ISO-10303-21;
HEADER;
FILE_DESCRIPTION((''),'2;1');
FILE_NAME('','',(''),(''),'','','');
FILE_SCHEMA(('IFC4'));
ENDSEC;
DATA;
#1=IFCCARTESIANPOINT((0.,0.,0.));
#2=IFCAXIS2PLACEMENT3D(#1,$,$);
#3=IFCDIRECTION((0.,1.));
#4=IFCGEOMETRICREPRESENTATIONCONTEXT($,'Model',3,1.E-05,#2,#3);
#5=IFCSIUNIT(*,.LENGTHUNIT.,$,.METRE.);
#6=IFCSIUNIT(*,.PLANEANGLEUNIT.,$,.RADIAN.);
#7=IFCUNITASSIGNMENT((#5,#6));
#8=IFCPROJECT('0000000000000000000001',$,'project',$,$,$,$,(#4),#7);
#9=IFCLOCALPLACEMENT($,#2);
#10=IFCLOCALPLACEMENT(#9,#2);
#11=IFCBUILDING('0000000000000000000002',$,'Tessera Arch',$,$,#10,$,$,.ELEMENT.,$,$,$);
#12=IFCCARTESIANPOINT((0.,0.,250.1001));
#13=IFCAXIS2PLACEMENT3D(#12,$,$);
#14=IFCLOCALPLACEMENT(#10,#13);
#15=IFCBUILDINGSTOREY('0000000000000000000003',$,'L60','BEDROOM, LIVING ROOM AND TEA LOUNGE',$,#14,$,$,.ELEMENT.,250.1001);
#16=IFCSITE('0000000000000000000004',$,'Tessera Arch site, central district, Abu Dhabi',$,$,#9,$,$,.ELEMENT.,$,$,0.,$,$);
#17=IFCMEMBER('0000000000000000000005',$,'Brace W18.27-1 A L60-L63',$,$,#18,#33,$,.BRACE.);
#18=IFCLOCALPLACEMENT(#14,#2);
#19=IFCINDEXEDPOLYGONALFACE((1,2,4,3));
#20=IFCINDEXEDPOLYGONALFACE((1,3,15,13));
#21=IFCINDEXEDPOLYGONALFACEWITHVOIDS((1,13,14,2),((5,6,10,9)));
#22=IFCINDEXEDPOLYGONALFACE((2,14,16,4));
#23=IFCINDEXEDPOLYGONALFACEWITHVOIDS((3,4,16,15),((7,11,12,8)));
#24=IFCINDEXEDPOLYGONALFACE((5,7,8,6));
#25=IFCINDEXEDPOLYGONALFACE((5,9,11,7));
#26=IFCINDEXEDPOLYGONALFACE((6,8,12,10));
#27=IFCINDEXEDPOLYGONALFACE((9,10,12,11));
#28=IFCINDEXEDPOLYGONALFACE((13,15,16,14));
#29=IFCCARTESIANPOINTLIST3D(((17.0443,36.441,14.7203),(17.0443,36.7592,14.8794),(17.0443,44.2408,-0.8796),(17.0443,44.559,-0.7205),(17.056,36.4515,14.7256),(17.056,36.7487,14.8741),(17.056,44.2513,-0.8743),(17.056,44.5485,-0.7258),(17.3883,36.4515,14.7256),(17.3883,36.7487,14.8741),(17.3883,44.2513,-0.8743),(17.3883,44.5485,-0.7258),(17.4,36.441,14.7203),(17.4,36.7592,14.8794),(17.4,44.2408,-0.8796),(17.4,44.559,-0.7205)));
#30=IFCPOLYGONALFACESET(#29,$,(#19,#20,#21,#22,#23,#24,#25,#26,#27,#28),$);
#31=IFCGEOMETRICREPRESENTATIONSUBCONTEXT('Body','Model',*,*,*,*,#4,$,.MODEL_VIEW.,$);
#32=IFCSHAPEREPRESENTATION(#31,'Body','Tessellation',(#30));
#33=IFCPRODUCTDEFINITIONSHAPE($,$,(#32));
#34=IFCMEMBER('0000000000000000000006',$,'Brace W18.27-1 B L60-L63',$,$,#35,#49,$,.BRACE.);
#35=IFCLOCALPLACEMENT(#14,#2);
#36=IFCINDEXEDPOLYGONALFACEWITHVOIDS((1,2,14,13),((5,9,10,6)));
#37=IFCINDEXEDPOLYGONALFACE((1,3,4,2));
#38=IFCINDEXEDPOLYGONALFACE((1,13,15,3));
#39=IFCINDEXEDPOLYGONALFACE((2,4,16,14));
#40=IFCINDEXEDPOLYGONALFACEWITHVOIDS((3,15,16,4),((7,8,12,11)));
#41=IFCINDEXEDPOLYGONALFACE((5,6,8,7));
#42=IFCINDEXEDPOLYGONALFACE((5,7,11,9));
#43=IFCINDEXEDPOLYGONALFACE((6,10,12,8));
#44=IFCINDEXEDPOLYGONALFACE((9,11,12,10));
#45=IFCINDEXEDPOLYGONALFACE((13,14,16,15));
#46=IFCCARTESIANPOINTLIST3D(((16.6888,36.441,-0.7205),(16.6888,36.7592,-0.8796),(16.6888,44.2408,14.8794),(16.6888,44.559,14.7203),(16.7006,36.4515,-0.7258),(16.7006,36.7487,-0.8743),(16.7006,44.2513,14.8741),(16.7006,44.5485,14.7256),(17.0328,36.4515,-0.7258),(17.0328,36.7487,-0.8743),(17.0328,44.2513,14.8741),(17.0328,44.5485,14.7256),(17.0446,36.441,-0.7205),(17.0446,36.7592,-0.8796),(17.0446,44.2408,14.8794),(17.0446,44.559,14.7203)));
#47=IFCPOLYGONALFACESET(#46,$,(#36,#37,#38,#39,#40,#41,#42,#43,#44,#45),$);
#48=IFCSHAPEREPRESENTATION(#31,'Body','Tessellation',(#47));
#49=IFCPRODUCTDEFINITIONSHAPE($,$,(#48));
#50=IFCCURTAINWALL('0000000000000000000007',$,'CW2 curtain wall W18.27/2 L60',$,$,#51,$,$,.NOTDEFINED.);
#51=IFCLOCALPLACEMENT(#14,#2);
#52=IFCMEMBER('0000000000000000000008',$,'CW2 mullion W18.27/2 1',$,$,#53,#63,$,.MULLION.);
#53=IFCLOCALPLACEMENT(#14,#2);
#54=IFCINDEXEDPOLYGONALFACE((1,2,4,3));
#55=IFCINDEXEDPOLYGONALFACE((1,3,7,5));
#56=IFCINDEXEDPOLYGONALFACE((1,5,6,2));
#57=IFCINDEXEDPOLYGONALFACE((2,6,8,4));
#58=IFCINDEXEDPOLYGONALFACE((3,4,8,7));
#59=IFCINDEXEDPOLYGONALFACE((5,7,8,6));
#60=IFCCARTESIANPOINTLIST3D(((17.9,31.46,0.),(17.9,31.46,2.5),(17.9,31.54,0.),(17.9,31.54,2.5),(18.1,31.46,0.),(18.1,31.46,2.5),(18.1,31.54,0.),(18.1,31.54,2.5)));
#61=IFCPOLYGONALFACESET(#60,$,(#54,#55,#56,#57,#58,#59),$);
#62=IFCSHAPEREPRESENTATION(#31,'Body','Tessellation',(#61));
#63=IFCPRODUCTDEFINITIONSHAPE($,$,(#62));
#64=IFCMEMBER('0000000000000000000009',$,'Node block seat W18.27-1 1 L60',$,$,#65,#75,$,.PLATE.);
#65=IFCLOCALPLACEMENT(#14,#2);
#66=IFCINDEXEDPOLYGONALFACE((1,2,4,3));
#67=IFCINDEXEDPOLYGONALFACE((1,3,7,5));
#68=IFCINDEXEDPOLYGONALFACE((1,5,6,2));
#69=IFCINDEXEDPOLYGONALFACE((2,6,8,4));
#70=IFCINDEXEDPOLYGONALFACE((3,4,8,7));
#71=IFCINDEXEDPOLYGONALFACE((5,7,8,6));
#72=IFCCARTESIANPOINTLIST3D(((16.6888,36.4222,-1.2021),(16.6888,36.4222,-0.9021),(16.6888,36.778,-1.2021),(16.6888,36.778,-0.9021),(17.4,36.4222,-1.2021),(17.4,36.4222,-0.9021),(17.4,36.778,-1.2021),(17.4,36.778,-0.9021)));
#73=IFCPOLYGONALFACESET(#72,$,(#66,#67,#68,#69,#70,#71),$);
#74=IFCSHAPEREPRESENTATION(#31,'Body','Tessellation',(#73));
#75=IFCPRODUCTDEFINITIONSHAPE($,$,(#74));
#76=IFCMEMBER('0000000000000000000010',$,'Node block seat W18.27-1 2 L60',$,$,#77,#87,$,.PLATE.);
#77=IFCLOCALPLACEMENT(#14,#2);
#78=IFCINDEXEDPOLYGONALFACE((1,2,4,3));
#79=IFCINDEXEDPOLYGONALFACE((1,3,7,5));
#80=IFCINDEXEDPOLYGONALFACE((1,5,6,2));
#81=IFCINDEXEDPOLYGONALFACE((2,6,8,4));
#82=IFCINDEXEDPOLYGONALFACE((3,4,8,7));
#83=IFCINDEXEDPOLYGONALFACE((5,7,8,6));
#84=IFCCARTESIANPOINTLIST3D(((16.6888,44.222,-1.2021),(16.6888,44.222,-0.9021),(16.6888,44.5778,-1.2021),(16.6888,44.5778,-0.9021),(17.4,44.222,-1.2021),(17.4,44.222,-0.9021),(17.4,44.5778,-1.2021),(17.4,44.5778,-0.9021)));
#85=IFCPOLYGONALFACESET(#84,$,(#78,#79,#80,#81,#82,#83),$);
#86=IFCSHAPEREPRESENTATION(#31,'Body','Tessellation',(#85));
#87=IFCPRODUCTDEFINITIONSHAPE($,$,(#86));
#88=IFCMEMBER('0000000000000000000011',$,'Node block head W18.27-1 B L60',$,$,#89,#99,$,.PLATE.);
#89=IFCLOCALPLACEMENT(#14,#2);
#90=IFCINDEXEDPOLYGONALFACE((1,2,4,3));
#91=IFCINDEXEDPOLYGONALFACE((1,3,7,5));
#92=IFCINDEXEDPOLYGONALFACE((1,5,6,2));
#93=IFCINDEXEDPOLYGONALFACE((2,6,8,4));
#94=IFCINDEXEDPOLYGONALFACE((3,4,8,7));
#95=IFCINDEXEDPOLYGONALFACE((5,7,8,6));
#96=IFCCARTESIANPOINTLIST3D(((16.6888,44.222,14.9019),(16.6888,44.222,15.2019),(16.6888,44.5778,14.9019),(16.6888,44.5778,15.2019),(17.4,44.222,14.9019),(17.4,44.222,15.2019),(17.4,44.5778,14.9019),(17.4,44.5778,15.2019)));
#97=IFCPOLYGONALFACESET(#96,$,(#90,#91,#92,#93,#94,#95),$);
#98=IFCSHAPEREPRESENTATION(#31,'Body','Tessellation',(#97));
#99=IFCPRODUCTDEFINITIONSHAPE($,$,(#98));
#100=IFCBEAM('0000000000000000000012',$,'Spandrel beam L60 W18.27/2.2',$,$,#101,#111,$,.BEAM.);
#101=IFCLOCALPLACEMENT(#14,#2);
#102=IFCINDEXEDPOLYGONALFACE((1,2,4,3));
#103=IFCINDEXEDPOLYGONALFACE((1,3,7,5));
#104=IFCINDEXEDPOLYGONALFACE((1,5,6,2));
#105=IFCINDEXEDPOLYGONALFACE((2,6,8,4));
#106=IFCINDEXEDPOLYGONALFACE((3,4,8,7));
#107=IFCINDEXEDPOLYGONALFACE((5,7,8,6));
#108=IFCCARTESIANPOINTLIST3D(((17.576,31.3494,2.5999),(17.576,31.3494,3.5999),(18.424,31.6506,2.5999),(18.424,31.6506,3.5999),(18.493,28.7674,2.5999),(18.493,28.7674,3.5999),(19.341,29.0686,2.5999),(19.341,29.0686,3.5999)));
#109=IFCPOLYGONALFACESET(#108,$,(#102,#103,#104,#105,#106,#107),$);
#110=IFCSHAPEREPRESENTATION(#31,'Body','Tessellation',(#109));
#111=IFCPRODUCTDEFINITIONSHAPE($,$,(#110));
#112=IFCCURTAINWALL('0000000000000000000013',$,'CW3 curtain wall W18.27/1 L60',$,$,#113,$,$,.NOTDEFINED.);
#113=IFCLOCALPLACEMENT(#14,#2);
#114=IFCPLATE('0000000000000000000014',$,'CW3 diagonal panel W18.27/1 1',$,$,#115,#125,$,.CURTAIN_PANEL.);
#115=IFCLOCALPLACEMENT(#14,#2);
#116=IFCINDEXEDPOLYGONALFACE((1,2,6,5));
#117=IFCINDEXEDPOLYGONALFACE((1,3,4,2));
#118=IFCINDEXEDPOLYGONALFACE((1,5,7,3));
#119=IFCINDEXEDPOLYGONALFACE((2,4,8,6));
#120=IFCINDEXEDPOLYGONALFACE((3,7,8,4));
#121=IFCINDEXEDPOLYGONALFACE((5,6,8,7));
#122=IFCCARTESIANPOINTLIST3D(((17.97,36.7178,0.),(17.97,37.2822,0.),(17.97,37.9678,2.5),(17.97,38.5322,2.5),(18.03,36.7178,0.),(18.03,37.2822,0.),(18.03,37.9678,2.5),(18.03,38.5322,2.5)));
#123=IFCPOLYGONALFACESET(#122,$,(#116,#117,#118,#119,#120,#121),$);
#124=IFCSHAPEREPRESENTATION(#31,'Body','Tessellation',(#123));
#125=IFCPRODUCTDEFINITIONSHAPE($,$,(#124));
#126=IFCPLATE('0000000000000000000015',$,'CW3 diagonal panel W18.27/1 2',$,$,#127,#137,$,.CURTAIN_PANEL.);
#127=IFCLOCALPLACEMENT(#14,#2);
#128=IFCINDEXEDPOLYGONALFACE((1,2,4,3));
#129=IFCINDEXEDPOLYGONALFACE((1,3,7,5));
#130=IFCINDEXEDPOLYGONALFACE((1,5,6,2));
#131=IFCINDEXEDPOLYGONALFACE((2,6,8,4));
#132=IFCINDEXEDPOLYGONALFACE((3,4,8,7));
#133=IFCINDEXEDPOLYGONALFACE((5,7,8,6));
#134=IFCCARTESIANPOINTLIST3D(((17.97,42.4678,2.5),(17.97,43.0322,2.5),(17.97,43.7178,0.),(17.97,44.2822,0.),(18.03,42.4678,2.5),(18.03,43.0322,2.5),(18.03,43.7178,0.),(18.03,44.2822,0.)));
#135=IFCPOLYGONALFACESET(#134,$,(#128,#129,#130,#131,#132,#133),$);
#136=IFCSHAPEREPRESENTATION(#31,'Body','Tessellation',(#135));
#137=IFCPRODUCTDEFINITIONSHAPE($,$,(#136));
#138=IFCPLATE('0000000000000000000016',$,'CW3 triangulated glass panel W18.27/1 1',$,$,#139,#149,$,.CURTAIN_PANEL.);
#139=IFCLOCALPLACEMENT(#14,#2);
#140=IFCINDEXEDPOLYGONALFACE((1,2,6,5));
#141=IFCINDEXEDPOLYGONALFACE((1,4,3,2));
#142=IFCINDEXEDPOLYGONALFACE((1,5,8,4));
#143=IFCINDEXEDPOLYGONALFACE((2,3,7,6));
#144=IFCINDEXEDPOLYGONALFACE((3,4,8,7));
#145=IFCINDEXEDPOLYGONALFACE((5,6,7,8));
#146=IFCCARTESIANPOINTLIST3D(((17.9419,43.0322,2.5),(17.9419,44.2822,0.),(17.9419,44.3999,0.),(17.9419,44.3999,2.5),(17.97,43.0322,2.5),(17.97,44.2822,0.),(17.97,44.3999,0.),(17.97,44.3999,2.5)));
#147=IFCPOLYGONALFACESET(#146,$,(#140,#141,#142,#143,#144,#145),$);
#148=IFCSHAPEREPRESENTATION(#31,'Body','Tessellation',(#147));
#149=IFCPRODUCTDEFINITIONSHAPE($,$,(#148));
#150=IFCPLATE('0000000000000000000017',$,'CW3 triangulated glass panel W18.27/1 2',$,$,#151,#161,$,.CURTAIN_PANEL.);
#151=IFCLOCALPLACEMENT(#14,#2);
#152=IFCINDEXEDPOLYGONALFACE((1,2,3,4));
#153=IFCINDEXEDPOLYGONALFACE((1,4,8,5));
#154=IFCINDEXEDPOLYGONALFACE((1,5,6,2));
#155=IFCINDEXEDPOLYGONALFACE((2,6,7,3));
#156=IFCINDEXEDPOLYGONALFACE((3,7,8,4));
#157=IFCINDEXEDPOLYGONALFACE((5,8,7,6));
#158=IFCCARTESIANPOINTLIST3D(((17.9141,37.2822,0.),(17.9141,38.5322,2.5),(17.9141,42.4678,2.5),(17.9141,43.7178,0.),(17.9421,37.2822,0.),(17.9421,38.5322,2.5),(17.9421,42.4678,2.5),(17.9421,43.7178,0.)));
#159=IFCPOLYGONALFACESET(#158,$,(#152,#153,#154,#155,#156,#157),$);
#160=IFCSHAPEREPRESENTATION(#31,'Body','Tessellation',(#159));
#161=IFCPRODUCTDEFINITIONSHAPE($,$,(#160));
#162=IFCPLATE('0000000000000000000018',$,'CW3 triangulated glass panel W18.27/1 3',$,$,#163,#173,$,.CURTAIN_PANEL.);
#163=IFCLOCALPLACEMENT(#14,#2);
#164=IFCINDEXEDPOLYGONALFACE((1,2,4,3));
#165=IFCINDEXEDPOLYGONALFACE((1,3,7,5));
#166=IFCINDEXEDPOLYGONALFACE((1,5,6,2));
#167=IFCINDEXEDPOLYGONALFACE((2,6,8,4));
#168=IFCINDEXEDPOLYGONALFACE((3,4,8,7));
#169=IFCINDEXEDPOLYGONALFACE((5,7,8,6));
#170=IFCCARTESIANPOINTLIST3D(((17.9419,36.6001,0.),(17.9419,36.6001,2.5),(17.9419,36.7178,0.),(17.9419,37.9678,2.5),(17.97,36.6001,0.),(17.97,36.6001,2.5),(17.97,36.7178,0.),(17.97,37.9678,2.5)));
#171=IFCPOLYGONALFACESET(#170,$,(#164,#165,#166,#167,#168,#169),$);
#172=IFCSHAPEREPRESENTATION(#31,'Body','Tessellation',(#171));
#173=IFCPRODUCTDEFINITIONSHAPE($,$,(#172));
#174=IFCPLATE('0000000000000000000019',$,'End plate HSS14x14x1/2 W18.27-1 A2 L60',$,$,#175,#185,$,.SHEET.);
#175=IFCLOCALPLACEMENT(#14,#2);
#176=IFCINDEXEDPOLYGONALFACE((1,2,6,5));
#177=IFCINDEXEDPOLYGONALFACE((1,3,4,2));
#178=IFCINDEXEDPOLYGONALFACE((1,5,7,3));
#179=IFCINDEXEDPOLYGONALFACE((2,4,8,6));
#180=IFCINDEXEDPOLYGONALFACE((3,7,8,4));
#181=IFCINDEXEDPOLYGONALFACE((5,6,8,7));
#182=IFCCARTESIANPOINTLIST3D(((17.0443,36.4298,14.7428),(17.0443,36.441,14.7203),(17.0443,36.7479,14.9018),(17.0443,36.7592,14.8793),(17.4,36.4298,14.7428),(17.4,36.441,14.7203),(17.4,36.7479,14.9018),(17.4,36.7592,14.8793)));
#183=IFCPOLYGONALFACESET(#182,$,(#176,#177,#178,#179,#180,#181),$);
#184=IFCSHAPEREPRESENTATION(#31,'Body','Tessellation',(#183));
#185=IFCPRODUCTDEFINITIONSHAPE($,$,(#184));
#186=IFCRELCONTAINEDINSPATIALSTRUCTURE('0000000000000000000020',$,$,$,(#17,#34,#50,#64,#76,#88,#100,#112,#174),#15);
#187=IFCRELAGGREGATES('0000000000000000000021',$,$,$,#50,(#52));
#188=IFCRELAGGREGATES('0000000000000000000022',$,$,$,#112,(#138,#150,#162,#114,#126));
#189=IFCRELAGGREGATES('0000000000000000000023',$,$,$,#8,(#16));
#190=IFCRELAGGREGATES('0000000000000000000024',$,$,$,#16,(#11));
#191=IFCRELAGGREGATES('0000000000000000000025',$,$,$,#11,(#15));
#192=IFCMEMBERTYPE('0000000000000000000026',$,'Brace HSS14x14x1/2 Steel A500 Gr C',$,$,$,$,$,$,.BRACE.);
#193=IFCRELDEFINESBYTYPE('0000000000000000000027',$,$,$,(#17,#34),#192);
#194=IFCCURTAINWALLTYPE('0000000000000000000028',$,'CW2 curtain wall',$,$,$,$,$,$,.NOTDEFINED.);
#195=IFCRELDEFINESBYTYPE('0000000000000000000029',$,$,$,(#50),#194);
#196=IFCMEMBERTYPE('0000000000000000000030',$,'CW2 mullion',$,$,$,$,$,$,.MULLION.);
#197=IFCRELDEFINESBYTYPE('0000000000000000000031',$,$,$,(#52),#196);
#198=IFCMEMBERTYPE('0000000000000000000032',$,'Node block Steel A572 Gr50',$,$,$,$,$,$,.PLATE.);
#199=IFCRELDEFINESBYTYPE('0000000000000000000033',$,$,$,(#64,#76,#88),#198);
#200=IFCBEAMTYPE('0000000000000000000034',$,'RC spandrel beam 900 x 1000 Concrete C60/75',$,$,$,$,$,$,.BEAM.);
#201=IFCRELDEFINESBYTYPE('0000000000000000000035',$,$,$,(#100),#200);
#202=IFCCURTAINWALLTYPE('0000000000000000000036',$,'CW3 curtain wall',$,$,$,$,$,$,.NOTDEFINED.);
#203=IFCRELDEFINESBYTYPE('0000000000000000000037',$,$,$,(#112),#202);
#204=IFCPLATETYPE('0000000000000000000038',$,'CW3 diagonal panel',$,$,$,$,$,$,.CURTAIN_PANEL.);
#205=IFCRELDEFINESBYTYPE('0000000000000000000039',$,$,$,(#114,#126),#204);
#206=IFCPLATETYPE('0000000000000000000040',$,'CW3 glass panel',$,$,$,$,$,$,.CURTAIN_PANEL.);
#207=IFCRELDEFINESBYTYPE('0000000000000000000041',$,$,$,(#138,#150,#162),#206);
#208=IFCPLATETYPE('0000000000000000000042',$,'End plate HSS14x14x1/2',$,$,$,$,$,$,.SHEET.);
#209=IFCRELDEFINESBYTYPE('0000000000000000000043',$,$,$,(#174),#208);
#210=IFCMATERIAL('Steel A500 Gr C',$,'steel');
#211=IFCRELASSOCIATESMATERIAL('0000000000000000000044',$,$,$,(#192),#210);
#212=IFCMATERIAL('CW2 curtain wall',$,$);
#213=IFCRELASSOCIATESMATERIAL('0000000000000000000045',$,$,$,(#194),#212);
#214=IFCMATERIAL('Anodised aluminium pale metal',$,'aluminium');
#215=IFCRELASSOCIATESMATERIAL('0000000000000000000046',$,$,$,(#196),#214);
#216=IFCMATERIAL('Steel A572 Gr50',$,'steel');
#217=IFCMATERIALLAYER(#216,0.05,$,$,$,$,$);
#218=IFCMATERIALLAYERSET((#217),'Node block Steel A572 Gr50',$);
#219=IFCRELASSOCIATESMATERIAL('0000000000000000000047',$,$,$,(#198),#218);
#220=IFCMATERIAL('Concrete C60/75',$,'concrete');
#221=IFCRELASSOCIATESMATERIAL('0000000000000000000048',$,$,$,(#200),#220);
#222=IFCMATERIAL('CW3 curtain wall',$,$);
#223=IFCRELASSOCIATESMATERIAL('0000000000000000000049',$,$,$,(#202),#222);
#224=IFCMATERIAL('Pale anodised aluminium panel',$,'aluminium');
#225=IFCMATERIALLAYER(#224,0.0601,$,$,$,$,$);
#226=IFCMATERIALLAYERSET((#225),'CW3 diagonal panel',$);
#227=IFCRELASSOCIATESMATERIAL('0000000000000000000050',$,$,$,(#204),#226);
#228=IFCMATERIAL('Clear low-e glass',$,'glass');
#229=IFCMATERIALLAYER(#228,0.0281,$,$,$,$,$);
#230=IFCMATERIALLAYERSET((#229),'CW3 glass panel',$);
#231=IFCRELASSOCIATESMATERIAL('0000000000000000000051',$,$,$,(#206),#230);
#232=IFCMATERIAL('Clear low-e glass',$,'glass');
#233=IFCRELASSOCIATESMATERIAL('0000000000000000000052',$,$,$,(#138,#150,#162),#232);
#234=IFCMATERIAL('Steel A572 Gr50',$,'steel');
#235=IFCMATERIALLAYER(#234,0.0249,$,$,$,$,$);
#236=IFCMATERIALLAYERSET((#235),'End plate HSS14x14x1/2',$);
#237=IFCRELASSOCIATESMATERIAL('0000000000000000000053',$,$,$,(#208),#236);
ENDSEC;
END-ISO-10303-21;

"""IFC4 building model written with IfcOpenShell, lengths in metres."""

from ifc_helpers import new_model, si_unit, direction, frame, origin, origin_2d, place, context, subcontext, project, spatial, polyline, rectangle, hollow_rectangle, outline, extrude, material, layer, layer_set, material_profile, profile_set, type_object, element, aggregate, save


model = new_model("IFC4")

# Units and contexts
model_context = context("Model", 3, precision=1e-05, world=origin(), true_north=direction((0.0, 1.0)))
body_context = subcontext(model_context, "Body", "Model", "MODEL_VIEW")
ifc_project = project(units=[si_unit("LENGTHUNIT", "METRE"), si_unit("PLANEANGLEUNIT", "RADIAN")], contexts=[model_context])

# Site, building, storey
site_placement = place(None, origin())
site = spatial("IfcSite", under=ifc_project, at=site_placement, Name="Tessera Arch site, central district, Abu Dhabi", CompositionType="ELEMENT", RefElevation=0.0)
building_placement = place(site_placement, origin())
building = spatial("IfcBuilding", under=site, at=building_placement, Name="Tessera Arch", CompositionType="ELEMENT")
storey_placement = place(building_placement, frame((0.0, 0.0, 250.1001)))
storey = spatial("IfcBuildingStorey", under=building, at=storey_placement, Name="L60", Description="BEDROOM, LIVING ROOM AND TEA LOUNGE", CompositionType="ELEMENT", Elevation=250.1001)

# Members
ifc_material_1 = material(Name="Steel A500 Gr C", Category="steel")
ifc_material_profile_1 = material_profile(ifc_material_1, hollow_rectangle(XDim=0.3557, YDim=0.3557, WallThickness=0.0117, at=origin_2d()), Name="HSS14x14x1/2")
ifc_profile_set_1 = profile_set([ifc_material_profile_1], Name="Steel A500 Gr C")
member_type_1 = type_object("IfcMemberType", Name="Brace HSS14x14x1/2 Steel A500 Gr C", PredefinedType="BRACE", material=ifc_profile_set_1)
for number, where, z_axis, x_axis, name in (
    (1, (17.2222, 44.3999, -0.8), (0.0, -0.447208, 0.89443), (1.0, 0.0, 0.0), "Brace W18.27-1 A L60-L63"),
    (2, (16.8667, 36.6001, -0.8), (0.0, 0.447208, 0.89443), (-1.0, 0.0, 0.0), "Brace W18.27-1 B L60-L63"),
):
    element("IfcMember", number, at=place(storey_placement, frame(where, z_axis=z_axis, x_axis=x_axis)), inside=storey, type_object=member_type_1, Name=name, PredefinedType="BRACE", context=body_context, shape_type="SweptSolid", body=[
        extrude(hollow_rectangle(XDim=0.3557, YDim=0.3557, WallThickness=0.0117, at=origin_2d()), origin(), (0.0, 0.0, 1.0), 17.4412),
    ])

# Curtain wall, member
ifc_material_2 = material(Name="CW2 curtain wall")
curtain_wall_type_1 = type_object("IfcCurtainWallType", Name="CW2 curtain wall", PredefinedType="NOTDEFINED", material=ifc_material_2)
curtain_wall_1_placement = place(storey_placement, origin())
curtain_wall_1 = element("IfcCurtainWall", 3, at=curtain_wall_1_placement, inside=storey, type_object=curtain_wall_type_1, Name="CW2 curtain wall W18.27/2 L60", PredefinedType="NOTDEFINED")
ifc_material_3 = material(Name="Anodised aluminium pale metal", Category="aluminium")
ifc_material_profile_2 = material_profile(ifc_material_3, rectangle(XDim=0.2, YDim=0.0801, at=origin_2d()), Name="AL 80x200")
ifc_profile_set_2 = profile_set([ifc_material_profile_2], Name="Anodised aluminium pale metal")
member_type_2 = type_object("IfcMemberType", Name="CW2 mullion", PredefinedType="MULLION", material=ifc_profile_set_2)
member_placement = place(storey_placement, frame((18.0, 31.5, 0.0), z_axis=(0.0, 0.0, 1.0), x_axis=(1.0, 0.0, 0.0)))
member = element("IfcMember", 4, at=member_placement, type_object=member_type_2, Name="CW2 mullion W18.27/2 1", PredefinedType="MULLION", context=body_context, shape_type="SweptSolid", body=[
    extrude(rectangle(XDim=0.2, YDim=0.0801, at=origin_2d()), origin(), (0.0, 0.0, 1.0), 2.5),
])
aggregate(curtain_wall_1, [member])

# Members
ifc_material_4 = material(Name="Steel A572 Gr50", Category="steel")
ifc_layer_1 = layer(ifc_material_4, 0.05)
ifc_layer_set_1 = layer_set([ifc_layer_1], Name="Node block Steel A572 Gr50")
member_type_3 = type_object("IfcMemberType", Name="Node block Steel A572 Gr50", PredefinedType="PLATE", material=ifc_layer_set_1)
for number, where, z_axis, x_axis, name in (
    (5, (17.0444, 36.6001, -1.2021), (0.0, 0.0, 1.0), (0.0, -1.0, 0.0), "Node block seat W18.27-1 1 L60"),
    (6, (17.0444, 44.3999, -1.2021), (0.0, 0.0, 1.0), (0.0, -1.0, 0.0), "Node block seat W18.27-1 2 L60"),
    (7, (17.0444, 44.3999, 14.9019), (0.0, 0.0, 1.0), (0.0, -1.0, 0.0), "Node block head W18.27-1 B L60"),
):
    element("IfcMember", number, at=place(storey_placement, frame(where, z_axis=z_axis, x_axis=x_axis)), inside=storey, type_object=member_type_3, Name=name, PredefinedType="PLATE", context=body_context, shape_type="SweptSolid", body=[
        extrude(rectangle(XDim=0.3557, YDim=0.7112, at=origin_2d()), origin(), (0.0, 0.0, 1.0), 0.3),
    ])

# Beam
ifc_material_5 = material(Name="Concrete C60/75", Category="concrete")
ifc_material_profile_3 = material_profile(ifc_material_5, rectangle(XDim=0.8999, YDim=1.0, at=origin_2d()), Name="RC spandrel beam 900 x 1000 Concrete C60/75")
ifc_profile_set_3 = profile_set([ifc_material_profile_3], Name="Concrete C60/75")
beam_type = type_object("IfcBeamType", Name="RC spandrel beam 900 x 1000 Concrete C60/75", PredefinedType="BEAM", material=ifc_profile_set_3)
beam_placement = place(storey_placement, frame((18.0, 31.5, 3.0999), z_axis=(0.334665, -0.942337, 0.0), x_axis=(0.942337, 0.334665, 0.0)))
element("IfcBeam", 8, at=beam_placement, inside=storey, type_object=beam_type, Name="Spandrel beam L60 W18.27/2.2", PredefinedType="BEAM", context=body_context, shape_type="SweptSolid", body=[
    extrude(rectangle(XDim=0.8999, YDim=1.0, at=origin_2d()), origin(), (0.0, 0.0, 1.0), 2.74),
])

# Curtain wall, plates
ifc_material_6 = material(Name="CW3 curtain wall")
curtain_wall_type_2 = type_object("IfcCurtainWallType", Name="CW3 curtain wall", PredefinedType="NOTDEFINED", material=ifc_material_6)
curtain_wall_2_placement = place(storey_placement, origin())
curtain_wall_2 = element("IfcCurtainWall", 9, at=curtain_wall_2_placement, inside=storey, type_object=curtain_wall_type_2, Name="CW3 curtain wall W18.27/1 L60", PredefinedType="NOTDEFINED")
ifc_material_7 = material(Name="Pale anodised aluminium panel", Category="aluminium")
ifc_layer_2 = layer(ifc_material_7, 0.0601)
ifc_layer_set_2 = layer_set([ifc_layer_2], Name="CW3 diagonal panel")
plate_type_1 = type_object("IfcPlateType", Name="CW3 diagonal panel", PredefinedType="CURTAIN_PANEL", material=ifc_layer_set_2)
plate_1_placement = place(storey_placement, frame((17.97, 37.9678, 2.5), z_axis=(-1.0, 0.0, 0.0), x_axis=(0.0, 1.0, 0.0)))
plate_1 = element("IfcPlate", 10, at=plate_1_placement, type_object=plate_type_1, Name="CW3 diagonal panel W18.27/1 1", PredefinedType="CURTAIN_PANEL", context=body_context, shape_type="SweptSolid", body=[
    extrude(outline(polyline([(0.0, 0.0), (0.5645, 0.0), (-0.6855, 2.5), (-1.25, 2.5), (0.0, 0.0)])), origin(), (0.0, 0.0, -1.0), 0.0601),
])
plate_2_placement = place(storey_placement, frame((17.97, 42.4678, 2.5), z_axis=(-1.0, 0.0, 0.0), x_axis=(0.0, 1.0, 0.0)))
plate_2 = element("IfcPlate", 11, at=plate_2_placement, type_object=plate_type_1, Name="CW3 diagonal panel W18.27/1 2", PredefinedType="CURTAIN_PANEL", context=body_context, shape_type="SweptSolid", body=[
    extrude(outline(polyline([(0.0, 0.0), (0.5645, 0.0), (1.8145, 2.5), (1.25, 2.5), (0.0, 0.0)])), origin(), (0.0, 0.0, -1.0), 0.0601),
])
ifc_material_8 = material(Name="Clear low-e glass", Category="glass")
ifc_material_9 = material(Name="Clear low-e glass", Category="glass")
ifc_layer_3 = layer(ifc_material_9, 0.0281)
ifc_layer_set_3 = layer_set([ifc_layer_3], Name="CW3 glass panel")
plate_type_2 = type_object("IfcPlateType", Name="CW3 glass panel", PredefinedType="CURTAIN_PANEL", material=ifc_layer_set_3)
plate_3_placement = place(storey_placement, frame((17.9419, 44.3999, 0.0), z_axis=(-1.0, 0.0, 0.0), x_axis=(0.0, -1.0, 0.0)))
plate_3 = element("IfcPlate", 12, at=plate_3_placement, type_object=plate_type_2, material=ifc_material_8, Name="CW3 triangulated glass panel W18.27/1 1", PredefinedType="CURTAIN_PANEL", context=body_context, shape_type="SweptSolid", body=[
    extrude(outline(polyline([(0.0, 0.0), (0.1177, 0.0), (1.3677, 2.5), (0.0, 2.5), (0.0, 0.0)])), origin(), (0.0, 0.0, -1.0), 0.0281),
])
plate_4_placement = place(storey_placement, frame((17.9141, 38.5322, 2.5), z_axis=(-1.0, 0.0, 0.0), x_axis=(0.0, 1.0, 0.0)))
plate_4 = element("IfcPlate", 13, at=plate_4_placement, type_object=plate_type_2, material=ifc_material_8, Name="CW3 triangulated glass panel W18.27/1 2", PredefinedType="CURTAIN_PANEL", context=body_context, shape_type="SweptSolid", body=[
    extrude(outline(polyline([(0.0, 0.0), (3.9355, 0.0), (5.1855, 2.5), (-1.25, 2.5), (0.0, 0.0)])), origin(), (0.0, 0.0, -1.0), 0.0281),
])
plate_5_placement = place(storey_placement, frame((17.9419, 36.6001, 2.5), z_axis=(-1.0, 0.0, 0.0), x_axis=(0.0, 1.0, 0.0)))
plate_5 = element("IfcPlate", 14, at=plate_5_placement, type_object=plate_type_2, material=ifc_material_8, Name="CW3 triangulated glass panel W18.27/1 3", PredefinedType="CURTAIN_PANEL", context=body_context, shape_type="SweptSolid", body=[
    extrude(outline(polyline([(0.0, 0.0), (1.3677, 0.0), (0.1177, 2.5), (0.0, 2.5), (0.0, 0.0)])), origin(), (0.0, 0.0, -1.0), 0.0281),
])
aggregate(curtain_wall_2, [plate_3, plate_4, plate_5, plate_1, plate_2])

# Plate
ifc_material_10 = material(Name="Steel A572 Gr50", Category="steel")
ifc_layer_4 = layer(ifc_material_10, 0.0249)
ifc_layer_set_4 = layer_set([ifc_layer_4], Name="End plate HSS14x14x1/2")
plate_type_3 = type_object("IfcPlateType", Name="End plate HSS14x14x1/2", PredefinedType="SHEET", material=ifc_layer_set_4)
for number, where, z_axis, x_axis, name in (
    (15, (17.2222, 36.6001, 14.7998), (0.0, -0.447214, 0.894427), (1.0, 0.0, 0.0), "End plate HSS14x14x1/2 W18.27-1 A2 L60"),
):
    element("IfcPlate", number, at=place(storey_placement, frame(where, z_axis=z_axis, x_axis=x_axis)), inside=storey, type_object=plate_type_3, Name=name, PredefinedType="SHEET", context=body_context, shape_type="SweptSolid", body=[
        extrude(rectangle(XDim=0.3557, YDim=0.3557, at=origin_2d()), origin(), (0.0, 0.0, 1.0), 0.0251),
    ])

save(model, "model.ifc")
